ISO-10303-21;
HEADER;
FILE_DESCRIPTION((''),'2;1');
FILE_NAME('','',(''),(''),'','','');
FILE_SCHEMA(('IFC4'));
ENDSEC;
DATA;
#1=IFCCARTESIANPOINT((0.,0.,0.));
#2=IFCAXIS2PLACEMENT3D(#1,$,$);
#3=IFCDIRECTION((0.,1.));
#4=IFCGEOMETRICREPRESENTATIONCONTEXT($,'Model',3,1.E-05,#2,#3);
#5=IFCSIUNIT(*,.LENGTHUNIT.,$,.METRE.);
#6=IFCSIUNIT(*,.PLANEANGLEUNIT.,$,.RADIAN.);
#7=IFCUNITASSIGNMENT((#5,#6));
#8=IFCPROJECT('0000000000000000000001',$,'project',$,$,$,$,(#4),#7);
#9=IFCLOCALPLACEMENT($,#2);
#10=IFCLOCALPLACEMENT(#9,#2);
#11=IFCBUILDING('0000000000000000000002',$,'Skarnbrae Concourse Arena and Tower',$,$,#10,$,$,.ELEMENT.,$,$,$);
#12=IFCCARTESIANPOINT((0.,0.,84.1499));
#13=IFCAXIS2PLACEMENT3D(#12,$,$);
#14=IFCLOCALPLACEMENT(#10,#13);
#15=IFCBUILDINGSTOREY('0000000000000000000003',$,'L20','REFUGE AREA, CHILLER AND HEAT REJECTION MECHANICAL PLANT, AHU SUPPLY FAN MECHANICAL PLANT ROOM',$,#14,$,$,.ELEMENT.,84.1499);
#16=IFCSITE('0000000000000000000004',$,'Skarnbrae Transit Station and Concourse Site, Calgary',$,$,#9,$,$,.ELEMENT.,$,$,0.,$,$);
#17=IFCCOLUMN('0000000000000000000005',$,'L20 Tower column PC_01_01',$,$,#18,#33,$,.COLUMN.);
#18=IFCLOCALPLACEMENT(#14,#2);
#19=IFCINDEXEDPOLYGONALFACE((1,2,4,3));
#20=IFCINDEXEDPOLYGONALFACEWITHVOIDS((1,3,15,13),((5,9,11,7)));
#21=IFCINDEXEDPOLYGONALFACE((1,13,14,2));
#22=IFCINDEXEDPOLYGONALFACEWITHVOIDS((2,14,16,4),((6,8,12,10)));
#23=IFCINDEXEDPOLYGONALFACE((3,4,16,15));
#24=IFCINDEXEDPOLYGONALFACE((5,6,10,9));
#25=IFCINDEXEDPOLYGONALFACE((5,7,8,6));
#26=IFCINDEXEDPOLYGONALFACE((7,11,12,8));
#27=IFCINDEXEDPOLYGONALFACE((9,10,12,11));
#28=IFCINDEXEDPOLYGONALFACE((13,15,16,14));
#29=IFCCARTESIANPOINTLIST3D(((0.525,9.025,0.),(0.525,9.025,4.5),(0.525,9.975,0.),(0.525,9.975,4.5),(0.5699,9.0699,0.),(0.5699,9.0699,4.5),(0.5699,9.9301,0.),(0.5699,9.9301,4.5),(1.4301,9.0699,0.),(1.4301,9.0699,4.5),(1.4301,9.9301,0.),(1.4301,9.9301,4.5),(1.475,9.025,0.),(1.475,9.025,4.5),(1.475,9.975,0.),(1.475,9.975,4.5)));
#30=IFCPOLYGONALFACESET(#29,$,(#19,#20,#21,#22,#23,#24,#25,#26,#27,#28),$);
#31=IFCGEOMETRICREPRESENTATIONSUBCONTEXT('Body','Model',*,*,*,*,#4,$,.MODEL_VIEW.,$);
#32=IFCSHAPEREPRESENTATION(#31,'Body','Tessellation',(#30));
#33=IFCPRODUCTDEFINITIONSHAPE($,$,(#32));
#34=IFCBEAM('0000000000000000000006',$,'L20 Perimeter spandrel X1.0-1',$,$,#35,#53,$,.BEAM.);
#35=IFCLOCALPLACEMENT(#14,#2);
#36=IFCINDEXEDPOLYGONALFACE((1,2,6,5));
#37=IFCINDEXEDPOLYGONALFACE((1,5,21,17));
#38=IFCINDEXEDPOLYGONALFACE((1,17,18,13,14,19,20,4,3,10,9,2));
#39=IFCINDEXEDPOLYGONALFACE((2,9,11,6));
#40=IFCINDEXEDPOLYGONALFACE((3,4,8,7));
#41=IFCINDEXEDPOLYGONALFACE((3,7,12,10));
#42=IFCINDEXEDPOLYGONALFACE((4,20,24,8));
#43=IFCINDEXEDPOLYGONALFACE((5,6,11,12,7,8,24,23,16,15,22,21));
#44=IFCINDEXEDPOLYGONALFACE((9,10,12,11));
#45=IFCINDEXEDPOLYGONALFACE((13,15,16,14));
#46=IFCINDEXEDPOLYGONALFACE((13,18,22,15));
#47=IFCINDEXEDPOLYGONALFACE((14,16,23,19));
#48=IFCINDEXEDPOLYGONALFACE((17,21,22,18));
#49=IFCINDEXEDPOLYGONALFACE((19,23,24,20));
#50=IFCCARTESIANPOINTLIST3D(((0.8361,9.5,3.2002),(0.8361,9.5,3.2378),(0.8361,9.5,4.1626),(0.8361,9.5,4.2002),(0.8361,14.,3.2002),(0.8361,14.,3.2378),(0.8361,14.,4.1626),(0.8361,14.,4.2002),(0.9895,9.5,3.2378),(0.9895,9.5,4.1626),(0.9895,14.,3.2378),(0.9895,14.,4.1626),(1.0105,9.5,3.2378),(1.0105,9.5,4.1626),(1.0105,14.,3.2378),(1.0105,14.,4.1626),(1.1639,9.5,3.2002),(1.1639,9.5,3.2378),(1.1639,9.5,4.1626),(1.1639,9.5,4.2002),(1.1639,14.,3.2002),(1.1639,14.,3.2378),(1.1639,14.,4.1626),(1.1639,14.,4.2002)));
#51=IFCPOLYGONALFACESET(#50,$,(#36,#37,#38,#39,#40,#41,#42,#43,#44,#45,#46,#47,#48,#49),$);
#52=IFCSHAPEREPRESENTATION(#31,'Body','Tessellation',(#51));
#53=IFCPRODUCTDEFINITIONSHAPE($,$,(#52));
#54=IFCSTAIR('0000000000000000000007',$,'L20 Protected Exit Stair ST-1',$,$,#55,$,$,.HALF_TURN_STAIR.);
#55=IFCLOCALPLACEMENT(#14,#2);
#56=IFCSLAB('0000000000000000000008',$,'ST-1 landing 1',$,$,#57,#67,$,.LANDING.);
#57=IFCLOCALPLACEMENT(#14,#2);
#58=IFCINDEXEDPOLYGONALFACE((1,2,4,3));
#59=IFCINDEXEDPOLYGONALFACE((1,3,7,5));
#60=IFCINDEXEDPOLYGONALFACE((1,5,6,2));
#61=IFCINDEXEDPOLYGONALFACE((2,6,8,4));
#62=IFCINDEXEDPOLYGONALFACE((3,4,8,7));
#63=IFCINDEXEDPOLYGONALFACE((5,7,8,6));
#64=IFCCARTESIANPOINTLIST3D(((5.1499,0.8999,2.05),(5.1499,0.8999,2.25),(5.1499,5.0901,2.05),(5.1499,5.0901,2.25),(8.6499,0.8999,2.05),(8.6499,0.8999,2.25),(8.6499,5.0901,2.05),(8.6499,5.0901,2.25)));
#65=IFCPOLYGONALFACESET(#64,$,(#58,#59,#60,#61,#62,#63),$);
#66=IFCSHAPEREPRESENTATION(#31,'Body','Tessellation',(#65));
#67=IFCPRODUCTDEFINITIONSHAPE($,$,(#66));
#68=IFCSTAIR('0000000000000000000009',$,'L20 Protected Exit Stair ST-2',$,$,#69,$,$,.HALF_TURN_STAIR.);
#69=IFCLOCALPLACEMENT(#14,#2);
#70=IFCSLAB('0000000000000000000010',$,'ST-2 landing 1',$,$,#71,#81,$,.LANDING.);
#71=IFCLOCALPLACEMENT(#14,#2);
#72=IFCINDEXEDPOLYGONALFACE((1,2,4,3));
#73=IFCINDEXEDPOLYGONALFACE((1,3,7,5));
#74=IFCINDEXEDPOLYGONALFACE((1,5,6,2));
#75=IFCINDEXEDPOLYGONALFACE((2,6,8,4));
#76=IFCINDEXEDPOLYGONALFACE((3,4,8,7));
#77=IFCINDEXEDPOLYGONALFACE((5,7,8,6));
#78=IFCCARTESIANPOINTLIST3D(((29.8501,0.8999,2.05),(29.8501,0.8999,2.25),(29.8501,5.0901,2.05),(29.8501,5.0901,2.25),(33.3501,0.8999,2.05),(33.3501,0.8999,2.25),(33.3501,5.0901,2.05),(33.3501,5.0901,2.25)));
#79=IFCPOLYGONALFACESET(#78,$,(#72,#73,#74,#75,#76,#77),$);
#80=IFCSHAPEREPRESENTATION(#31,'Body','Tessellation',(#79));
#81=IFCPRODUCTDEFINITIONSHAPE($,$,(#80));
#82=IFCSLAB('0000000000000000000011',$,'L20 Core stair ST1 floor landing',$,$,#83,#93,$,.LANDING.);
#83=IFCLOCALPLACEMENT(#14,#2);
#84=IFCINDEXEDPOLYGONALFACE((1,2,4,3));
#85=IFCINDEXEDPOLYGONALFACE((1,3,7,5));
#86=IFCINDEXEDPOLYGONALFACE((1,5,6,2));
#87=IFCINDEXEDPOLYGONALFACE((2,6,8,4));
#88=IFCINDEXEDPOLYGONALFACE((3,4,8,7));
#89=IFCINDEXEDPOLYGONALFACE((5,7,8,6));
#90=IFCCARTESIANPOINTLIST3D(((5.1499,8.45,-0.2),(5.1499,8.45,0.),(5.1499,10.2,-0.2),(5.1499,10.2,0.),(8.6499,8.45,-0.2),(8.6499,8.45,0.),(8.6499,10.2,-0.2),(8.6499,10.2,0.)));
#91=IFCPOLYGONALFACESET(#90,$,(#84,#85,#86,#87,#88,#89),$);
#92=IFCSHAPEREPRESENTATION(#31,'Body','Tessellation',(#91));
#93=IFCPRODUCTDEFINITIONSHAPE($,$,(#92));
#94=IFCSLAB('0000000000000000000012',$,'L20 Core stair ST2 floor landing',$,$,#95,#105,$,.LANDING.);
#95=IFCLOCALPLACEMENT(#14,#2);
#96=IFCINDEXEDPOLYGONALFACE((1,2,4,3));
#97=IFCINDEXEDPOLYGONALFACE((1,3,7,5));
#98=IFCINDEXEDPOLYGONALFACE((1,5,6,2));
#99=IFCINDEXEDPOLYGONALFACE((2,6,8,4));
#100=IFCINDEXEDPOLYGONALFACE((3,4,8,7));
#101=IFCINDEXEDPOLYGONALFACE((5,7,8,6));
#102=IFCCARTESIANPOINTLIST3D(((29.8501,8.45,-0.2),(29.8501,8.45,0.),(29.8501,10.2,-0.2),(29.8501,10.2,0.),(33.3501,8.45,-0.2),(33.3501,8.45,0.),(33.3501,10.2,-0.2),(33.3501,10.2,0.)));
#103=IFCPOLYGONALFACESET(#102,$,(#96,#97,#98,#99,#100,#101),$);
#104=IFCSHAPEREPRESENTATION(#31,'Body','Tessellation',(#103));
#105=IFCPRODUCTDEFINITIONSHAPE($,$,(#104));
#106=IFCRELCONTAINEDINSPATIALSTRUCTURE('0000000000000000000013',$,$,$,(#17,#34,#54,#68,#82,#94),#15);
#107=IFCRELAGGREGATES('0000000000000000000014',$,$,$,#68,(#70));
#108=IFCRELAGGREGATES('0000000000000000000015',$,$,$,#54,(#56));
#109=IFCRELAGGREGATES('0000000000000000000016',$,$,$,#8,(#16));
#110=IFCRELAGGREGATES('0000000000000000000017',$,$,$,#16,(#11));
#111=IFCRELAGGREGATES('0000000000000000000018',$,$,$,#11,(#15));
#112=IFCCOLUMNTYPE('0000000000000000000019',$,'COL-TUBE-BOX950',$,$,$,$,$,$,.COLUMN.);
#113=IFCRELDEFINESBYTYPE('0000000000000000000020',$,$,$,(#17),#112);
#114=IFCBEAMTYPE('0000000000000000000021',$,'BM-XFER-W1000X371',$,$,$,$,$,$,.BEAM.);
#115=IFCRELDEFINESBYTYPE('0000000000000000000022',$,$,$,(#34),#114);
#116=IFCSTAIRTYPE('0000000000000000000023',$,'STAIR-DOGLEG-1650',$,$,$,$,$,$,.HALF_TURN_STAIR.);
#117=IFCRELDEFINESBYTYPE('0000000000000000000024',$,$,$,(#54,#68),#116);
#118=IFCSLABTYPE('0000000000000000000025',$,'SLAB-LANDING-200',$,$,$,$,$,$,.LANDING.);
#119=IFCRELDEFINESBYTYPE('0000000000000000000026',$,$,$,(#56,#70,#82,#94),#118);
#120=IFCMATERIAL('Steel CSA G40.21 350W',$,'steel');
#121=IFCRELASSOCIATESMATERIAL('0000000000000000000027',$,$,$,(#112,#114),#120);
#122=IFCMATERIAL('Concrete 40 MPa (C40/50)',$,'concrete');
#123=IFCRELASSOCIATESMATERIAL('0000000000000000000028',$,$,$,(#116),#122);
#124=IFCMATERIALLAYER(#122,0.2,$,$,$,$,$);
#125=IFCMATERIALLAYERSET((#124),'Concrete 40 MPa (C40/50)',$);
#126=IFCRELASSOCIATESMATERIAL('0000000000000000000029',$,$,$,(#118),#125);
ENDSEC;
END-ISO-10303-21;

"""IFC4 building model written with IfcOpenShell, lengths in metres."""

from ifc_helpers import new_model, si_unit, direction, frame, origin, origin_2d, place, context, subcontext, project, spatial, polyline, hollow_rectangle, i_section, outline, extrude, source, transform, mapped, material, layer, layer_set, material_profile, profile_set, type_object, element, aggregate, save


model = new_model("IFC4")

# Units and contexts
model_context = context("Model", 3, precision=1e-05, world=origin(), true_north=direction((0.0, 1.0)))
body_context = subcontext(model_context, "Body", "Model", "MODEL_VIEW")
ifc_project = project(units=[si_unit("LENGTHUNIT", "METRE"), si_unit("PLANEANGLEUNIT", "RADIAN")], contexts=[model_context])

# Site, building, storey
site_placement = place(None, origin())
site = spatial("IfcSite", under=ifc_project, at=site_placement, Name="Skarnbrae Transit Station and Concourse Site, Calgary", CompositionType="ELEMENT", RefElevation=0.0)
building_placement = place(site_placement, origin())
building = spatial("IfcBuilding", under=site, at=building_placement, Name="Skarnbrae Concourse Arena and Tower", CompositionType="ELEMENT")
storey_placement = place(building_placement, frame((0.0, 0.0, 84.1499)))
storey = spatial("IfcBuildingStorey", under=building, at=storey_placement, Name="L20", Description="REFUGE AREA, CHILLER AND HEAT REJECTION MECHANICAL PLANT, AHU SUPPLY FAN MECHANICAL PLANT ROOM", CompositionType="ELEMENT", Elevation=84.1499)

# Column
ifc_material_1 = material(Name="Steel CSA G40.21 350W", Category="steel")
ifc_material_profile_1 = material_profile(ifc_material_1, hollow_rectangle(XDim=0.95, YDim=0.95, WallThickness=0.0449, at=origin_2d()), Name="BOX950X950X45")
ifc_profile_set_1 = profile_set([ifc_material_profile_1], Name="Steel CSA G40.21 350W")
column_type = type_object("IfcColumnType", Name="COL-TUBE-BOX950", PredefinedType="COLUMN", material=ifc_profile_set_1)
shared_shape_1 = source(origin(), body_context, "Body", "SweptSolid", [
    extrude(hollow_rectangle(XDim=0.95, YDim=0.95, WallThickness=0.0449, at=origin_2d()), origin(), (0.0, 0.0, 1.0), 4.5),
])
column_placement = place(storey_placement, frame((1.0, 9.5, 0.0), z_axis=(0.0, 0.0, 1.0), x_axis=(1.0, 0.0, 0.0)))
element("IfcColumn", 1, at=column_placement, inside=storey, type_object=column_type, Name="L20 Tower column PC_01_01", PredefinedType="COLUMN", context=body_context, shape_type="MappedRepresentation", body=[
    mapped(shared_shape_1, transform((0.0, 0.0, 0.0))),
])

# Beam
ifc_material_profile_2 = material_profile(ifc_material_1, i_section(OverallWidth=0.3279, OverallDepth=1.0, WebThickness=0.021, FlangeThickness=0.0376, at=origin_2d()), Name="W1000X371")
ifc_profile_set_2 = profile_set([ifc_material_profile_2], Name="Steel CSA G40.21 350W")
beam_type = type_object("IfcBeamType", Name="BM-XFER-W1000X371", PredefinedType="BEAM", material=ifc_profile_set_2)
shared_shape_2 = source(origin(), body_context, "Body", "SweptSolid", [
    extrude(i_section(OverallWidth=0.3279, OverallDepth=1.0, WebThickness=0.021, FlangeThickness=0.0376, at=origin_2d()), origin(), (0.0, 0.0, 1.0), 4.5),
])
beam_placement = place(storey_placement, frame((1.0, 9.5, 3.7002), z_axis=(0.0, 1.0, 0.0), x_axis=(-1.0, 0.0, 0.0)))
element("IfcBeam", 2, at=beam_placement, inside=storey, type_object=beam_type, Name="L20 Perimeter spandrel X1.0-1", PredefinedType="BEAM", context=body_context, shape_type="MappedRepresentation", body=[
    mapped(shared_shape_2, transform((0.0, 0.0, 0.0))),
])

# Stairs, slabs
ifc_material_2 = material(Name="Concrete 40 MPa (C40/50)", Category="concrete")
stair_type = type_object("IfcStairType", Name="STAIR-DOGLEG-1650", PredefinedType="HALF_TURN_STAIR", material=ifc_material_2)
stair_1_placement = place(storey_placement, origin())
stair_1 = element("IfcStair", 3, at=stair_1_placement, inside=storey, type_object=stair_type, Name="L20 Protected Exit Stair ST-1", PredefinedType="HALF_TURN_STAIR")
ifc_layer_1 = layer(ifc_material_2, 0.2)
ifc_layer_set_1 = layer_set([ifc_layer_1], Name="Concrete 40 MPa (C40/50)")
slab_type_1 = type_object("IfcSlabType", Name="SLAB-LANDING-200", PredefinedType="LANDING", material=ifc_layer_set_1)
slab_1_placement = place(storey_placement, frame((0.0, 0.0, 2.05)))
slab_1 = element("IfcSlab", 4, at=slab_1_placement, type_object=slab_type_1, Name="ST-1 landing 1", PredefinedType="LANDING", context=body_context, shape_type="SweptSolid", body=[
    extrude(outline(polyline([(5.1499, 5.0901), (5.1499, 0.8999), (8.6499, 0.8999), (8.6499, 5.0901), (5.1499, 5.0901)])), origin(), (0.0, 0.0, 1.0), 0.2),
])
stair_2_placement = place(storey_placement, origin())
stair_2 = element("IfcStair", 5, at=stair_2_placement, inside=storey, type_object=stair_type, Name="L20 Protected Exit Stair ST-2", PredefinedType="HALF_TURN_STAIR")
slab_2_placement = place(storey_placement, frame((0.0, 0.0, 2.05)))
slab_2 = element("IfcSlab", 6, at=slab_2_placement, type_object=slab_type_1, Name="ST-2 landing 1", PredefinedType="LANDING", context=body_context, shape_type="SweptSolid", body=[
    extrude(outline(polyline([(29.8501, 5.0901), (29.8501, 0.8999), (33.3501, 0.8999), (33.3501, 5.0901), (29.8501, 5.0901)])), origin(), (0.0, 0.0, 1.0), 0.2),
])
aggregate(stair_2, [slab_2])

# Slabs
slab_3_placement = place(storey_placement, frame((0.0, 0.0, -0.2)))
element("IfcSlab", 7, at=slab_3_placement, inside=storey, type_object=slab_type_1, Name="L20 Core stair ST1 floor landing", PredefinedType="LANDING", context=body_context, shape_type="SweptSolid", body=[
    extrude(outline(polyline([(5.1499, 10.2), (5.1499, 8.45), (8.6499, 8.45), (8.6499, 10.2), (5.1499, 10.2)])), origin(), (0.0, 0.0, 1.0), 0.2),
])
slab_4_placement = place(storey_placement, frame((0.0, 0.0, -0.2)))
element("IfcSlab", 8, at=slab_4_placement, inside=storey, type_object=slab_type_1, Name="L20 Core stair ST2 floor landing", PredefinedType="LANDING", context=body_context, shape_type="SweptSolid", body=[
    extrude(outline(polyline([(29.8501, 10.2), (29.8501, 8.45), (33.3501, 8.45), (33.3501, 10.2), (29.8501, 10.2)])), origin(), (0.0, 0.0, 1.0), 0.2),
])

aggregate(stair_1, [slab_1])

save(model, "model.ifc")
